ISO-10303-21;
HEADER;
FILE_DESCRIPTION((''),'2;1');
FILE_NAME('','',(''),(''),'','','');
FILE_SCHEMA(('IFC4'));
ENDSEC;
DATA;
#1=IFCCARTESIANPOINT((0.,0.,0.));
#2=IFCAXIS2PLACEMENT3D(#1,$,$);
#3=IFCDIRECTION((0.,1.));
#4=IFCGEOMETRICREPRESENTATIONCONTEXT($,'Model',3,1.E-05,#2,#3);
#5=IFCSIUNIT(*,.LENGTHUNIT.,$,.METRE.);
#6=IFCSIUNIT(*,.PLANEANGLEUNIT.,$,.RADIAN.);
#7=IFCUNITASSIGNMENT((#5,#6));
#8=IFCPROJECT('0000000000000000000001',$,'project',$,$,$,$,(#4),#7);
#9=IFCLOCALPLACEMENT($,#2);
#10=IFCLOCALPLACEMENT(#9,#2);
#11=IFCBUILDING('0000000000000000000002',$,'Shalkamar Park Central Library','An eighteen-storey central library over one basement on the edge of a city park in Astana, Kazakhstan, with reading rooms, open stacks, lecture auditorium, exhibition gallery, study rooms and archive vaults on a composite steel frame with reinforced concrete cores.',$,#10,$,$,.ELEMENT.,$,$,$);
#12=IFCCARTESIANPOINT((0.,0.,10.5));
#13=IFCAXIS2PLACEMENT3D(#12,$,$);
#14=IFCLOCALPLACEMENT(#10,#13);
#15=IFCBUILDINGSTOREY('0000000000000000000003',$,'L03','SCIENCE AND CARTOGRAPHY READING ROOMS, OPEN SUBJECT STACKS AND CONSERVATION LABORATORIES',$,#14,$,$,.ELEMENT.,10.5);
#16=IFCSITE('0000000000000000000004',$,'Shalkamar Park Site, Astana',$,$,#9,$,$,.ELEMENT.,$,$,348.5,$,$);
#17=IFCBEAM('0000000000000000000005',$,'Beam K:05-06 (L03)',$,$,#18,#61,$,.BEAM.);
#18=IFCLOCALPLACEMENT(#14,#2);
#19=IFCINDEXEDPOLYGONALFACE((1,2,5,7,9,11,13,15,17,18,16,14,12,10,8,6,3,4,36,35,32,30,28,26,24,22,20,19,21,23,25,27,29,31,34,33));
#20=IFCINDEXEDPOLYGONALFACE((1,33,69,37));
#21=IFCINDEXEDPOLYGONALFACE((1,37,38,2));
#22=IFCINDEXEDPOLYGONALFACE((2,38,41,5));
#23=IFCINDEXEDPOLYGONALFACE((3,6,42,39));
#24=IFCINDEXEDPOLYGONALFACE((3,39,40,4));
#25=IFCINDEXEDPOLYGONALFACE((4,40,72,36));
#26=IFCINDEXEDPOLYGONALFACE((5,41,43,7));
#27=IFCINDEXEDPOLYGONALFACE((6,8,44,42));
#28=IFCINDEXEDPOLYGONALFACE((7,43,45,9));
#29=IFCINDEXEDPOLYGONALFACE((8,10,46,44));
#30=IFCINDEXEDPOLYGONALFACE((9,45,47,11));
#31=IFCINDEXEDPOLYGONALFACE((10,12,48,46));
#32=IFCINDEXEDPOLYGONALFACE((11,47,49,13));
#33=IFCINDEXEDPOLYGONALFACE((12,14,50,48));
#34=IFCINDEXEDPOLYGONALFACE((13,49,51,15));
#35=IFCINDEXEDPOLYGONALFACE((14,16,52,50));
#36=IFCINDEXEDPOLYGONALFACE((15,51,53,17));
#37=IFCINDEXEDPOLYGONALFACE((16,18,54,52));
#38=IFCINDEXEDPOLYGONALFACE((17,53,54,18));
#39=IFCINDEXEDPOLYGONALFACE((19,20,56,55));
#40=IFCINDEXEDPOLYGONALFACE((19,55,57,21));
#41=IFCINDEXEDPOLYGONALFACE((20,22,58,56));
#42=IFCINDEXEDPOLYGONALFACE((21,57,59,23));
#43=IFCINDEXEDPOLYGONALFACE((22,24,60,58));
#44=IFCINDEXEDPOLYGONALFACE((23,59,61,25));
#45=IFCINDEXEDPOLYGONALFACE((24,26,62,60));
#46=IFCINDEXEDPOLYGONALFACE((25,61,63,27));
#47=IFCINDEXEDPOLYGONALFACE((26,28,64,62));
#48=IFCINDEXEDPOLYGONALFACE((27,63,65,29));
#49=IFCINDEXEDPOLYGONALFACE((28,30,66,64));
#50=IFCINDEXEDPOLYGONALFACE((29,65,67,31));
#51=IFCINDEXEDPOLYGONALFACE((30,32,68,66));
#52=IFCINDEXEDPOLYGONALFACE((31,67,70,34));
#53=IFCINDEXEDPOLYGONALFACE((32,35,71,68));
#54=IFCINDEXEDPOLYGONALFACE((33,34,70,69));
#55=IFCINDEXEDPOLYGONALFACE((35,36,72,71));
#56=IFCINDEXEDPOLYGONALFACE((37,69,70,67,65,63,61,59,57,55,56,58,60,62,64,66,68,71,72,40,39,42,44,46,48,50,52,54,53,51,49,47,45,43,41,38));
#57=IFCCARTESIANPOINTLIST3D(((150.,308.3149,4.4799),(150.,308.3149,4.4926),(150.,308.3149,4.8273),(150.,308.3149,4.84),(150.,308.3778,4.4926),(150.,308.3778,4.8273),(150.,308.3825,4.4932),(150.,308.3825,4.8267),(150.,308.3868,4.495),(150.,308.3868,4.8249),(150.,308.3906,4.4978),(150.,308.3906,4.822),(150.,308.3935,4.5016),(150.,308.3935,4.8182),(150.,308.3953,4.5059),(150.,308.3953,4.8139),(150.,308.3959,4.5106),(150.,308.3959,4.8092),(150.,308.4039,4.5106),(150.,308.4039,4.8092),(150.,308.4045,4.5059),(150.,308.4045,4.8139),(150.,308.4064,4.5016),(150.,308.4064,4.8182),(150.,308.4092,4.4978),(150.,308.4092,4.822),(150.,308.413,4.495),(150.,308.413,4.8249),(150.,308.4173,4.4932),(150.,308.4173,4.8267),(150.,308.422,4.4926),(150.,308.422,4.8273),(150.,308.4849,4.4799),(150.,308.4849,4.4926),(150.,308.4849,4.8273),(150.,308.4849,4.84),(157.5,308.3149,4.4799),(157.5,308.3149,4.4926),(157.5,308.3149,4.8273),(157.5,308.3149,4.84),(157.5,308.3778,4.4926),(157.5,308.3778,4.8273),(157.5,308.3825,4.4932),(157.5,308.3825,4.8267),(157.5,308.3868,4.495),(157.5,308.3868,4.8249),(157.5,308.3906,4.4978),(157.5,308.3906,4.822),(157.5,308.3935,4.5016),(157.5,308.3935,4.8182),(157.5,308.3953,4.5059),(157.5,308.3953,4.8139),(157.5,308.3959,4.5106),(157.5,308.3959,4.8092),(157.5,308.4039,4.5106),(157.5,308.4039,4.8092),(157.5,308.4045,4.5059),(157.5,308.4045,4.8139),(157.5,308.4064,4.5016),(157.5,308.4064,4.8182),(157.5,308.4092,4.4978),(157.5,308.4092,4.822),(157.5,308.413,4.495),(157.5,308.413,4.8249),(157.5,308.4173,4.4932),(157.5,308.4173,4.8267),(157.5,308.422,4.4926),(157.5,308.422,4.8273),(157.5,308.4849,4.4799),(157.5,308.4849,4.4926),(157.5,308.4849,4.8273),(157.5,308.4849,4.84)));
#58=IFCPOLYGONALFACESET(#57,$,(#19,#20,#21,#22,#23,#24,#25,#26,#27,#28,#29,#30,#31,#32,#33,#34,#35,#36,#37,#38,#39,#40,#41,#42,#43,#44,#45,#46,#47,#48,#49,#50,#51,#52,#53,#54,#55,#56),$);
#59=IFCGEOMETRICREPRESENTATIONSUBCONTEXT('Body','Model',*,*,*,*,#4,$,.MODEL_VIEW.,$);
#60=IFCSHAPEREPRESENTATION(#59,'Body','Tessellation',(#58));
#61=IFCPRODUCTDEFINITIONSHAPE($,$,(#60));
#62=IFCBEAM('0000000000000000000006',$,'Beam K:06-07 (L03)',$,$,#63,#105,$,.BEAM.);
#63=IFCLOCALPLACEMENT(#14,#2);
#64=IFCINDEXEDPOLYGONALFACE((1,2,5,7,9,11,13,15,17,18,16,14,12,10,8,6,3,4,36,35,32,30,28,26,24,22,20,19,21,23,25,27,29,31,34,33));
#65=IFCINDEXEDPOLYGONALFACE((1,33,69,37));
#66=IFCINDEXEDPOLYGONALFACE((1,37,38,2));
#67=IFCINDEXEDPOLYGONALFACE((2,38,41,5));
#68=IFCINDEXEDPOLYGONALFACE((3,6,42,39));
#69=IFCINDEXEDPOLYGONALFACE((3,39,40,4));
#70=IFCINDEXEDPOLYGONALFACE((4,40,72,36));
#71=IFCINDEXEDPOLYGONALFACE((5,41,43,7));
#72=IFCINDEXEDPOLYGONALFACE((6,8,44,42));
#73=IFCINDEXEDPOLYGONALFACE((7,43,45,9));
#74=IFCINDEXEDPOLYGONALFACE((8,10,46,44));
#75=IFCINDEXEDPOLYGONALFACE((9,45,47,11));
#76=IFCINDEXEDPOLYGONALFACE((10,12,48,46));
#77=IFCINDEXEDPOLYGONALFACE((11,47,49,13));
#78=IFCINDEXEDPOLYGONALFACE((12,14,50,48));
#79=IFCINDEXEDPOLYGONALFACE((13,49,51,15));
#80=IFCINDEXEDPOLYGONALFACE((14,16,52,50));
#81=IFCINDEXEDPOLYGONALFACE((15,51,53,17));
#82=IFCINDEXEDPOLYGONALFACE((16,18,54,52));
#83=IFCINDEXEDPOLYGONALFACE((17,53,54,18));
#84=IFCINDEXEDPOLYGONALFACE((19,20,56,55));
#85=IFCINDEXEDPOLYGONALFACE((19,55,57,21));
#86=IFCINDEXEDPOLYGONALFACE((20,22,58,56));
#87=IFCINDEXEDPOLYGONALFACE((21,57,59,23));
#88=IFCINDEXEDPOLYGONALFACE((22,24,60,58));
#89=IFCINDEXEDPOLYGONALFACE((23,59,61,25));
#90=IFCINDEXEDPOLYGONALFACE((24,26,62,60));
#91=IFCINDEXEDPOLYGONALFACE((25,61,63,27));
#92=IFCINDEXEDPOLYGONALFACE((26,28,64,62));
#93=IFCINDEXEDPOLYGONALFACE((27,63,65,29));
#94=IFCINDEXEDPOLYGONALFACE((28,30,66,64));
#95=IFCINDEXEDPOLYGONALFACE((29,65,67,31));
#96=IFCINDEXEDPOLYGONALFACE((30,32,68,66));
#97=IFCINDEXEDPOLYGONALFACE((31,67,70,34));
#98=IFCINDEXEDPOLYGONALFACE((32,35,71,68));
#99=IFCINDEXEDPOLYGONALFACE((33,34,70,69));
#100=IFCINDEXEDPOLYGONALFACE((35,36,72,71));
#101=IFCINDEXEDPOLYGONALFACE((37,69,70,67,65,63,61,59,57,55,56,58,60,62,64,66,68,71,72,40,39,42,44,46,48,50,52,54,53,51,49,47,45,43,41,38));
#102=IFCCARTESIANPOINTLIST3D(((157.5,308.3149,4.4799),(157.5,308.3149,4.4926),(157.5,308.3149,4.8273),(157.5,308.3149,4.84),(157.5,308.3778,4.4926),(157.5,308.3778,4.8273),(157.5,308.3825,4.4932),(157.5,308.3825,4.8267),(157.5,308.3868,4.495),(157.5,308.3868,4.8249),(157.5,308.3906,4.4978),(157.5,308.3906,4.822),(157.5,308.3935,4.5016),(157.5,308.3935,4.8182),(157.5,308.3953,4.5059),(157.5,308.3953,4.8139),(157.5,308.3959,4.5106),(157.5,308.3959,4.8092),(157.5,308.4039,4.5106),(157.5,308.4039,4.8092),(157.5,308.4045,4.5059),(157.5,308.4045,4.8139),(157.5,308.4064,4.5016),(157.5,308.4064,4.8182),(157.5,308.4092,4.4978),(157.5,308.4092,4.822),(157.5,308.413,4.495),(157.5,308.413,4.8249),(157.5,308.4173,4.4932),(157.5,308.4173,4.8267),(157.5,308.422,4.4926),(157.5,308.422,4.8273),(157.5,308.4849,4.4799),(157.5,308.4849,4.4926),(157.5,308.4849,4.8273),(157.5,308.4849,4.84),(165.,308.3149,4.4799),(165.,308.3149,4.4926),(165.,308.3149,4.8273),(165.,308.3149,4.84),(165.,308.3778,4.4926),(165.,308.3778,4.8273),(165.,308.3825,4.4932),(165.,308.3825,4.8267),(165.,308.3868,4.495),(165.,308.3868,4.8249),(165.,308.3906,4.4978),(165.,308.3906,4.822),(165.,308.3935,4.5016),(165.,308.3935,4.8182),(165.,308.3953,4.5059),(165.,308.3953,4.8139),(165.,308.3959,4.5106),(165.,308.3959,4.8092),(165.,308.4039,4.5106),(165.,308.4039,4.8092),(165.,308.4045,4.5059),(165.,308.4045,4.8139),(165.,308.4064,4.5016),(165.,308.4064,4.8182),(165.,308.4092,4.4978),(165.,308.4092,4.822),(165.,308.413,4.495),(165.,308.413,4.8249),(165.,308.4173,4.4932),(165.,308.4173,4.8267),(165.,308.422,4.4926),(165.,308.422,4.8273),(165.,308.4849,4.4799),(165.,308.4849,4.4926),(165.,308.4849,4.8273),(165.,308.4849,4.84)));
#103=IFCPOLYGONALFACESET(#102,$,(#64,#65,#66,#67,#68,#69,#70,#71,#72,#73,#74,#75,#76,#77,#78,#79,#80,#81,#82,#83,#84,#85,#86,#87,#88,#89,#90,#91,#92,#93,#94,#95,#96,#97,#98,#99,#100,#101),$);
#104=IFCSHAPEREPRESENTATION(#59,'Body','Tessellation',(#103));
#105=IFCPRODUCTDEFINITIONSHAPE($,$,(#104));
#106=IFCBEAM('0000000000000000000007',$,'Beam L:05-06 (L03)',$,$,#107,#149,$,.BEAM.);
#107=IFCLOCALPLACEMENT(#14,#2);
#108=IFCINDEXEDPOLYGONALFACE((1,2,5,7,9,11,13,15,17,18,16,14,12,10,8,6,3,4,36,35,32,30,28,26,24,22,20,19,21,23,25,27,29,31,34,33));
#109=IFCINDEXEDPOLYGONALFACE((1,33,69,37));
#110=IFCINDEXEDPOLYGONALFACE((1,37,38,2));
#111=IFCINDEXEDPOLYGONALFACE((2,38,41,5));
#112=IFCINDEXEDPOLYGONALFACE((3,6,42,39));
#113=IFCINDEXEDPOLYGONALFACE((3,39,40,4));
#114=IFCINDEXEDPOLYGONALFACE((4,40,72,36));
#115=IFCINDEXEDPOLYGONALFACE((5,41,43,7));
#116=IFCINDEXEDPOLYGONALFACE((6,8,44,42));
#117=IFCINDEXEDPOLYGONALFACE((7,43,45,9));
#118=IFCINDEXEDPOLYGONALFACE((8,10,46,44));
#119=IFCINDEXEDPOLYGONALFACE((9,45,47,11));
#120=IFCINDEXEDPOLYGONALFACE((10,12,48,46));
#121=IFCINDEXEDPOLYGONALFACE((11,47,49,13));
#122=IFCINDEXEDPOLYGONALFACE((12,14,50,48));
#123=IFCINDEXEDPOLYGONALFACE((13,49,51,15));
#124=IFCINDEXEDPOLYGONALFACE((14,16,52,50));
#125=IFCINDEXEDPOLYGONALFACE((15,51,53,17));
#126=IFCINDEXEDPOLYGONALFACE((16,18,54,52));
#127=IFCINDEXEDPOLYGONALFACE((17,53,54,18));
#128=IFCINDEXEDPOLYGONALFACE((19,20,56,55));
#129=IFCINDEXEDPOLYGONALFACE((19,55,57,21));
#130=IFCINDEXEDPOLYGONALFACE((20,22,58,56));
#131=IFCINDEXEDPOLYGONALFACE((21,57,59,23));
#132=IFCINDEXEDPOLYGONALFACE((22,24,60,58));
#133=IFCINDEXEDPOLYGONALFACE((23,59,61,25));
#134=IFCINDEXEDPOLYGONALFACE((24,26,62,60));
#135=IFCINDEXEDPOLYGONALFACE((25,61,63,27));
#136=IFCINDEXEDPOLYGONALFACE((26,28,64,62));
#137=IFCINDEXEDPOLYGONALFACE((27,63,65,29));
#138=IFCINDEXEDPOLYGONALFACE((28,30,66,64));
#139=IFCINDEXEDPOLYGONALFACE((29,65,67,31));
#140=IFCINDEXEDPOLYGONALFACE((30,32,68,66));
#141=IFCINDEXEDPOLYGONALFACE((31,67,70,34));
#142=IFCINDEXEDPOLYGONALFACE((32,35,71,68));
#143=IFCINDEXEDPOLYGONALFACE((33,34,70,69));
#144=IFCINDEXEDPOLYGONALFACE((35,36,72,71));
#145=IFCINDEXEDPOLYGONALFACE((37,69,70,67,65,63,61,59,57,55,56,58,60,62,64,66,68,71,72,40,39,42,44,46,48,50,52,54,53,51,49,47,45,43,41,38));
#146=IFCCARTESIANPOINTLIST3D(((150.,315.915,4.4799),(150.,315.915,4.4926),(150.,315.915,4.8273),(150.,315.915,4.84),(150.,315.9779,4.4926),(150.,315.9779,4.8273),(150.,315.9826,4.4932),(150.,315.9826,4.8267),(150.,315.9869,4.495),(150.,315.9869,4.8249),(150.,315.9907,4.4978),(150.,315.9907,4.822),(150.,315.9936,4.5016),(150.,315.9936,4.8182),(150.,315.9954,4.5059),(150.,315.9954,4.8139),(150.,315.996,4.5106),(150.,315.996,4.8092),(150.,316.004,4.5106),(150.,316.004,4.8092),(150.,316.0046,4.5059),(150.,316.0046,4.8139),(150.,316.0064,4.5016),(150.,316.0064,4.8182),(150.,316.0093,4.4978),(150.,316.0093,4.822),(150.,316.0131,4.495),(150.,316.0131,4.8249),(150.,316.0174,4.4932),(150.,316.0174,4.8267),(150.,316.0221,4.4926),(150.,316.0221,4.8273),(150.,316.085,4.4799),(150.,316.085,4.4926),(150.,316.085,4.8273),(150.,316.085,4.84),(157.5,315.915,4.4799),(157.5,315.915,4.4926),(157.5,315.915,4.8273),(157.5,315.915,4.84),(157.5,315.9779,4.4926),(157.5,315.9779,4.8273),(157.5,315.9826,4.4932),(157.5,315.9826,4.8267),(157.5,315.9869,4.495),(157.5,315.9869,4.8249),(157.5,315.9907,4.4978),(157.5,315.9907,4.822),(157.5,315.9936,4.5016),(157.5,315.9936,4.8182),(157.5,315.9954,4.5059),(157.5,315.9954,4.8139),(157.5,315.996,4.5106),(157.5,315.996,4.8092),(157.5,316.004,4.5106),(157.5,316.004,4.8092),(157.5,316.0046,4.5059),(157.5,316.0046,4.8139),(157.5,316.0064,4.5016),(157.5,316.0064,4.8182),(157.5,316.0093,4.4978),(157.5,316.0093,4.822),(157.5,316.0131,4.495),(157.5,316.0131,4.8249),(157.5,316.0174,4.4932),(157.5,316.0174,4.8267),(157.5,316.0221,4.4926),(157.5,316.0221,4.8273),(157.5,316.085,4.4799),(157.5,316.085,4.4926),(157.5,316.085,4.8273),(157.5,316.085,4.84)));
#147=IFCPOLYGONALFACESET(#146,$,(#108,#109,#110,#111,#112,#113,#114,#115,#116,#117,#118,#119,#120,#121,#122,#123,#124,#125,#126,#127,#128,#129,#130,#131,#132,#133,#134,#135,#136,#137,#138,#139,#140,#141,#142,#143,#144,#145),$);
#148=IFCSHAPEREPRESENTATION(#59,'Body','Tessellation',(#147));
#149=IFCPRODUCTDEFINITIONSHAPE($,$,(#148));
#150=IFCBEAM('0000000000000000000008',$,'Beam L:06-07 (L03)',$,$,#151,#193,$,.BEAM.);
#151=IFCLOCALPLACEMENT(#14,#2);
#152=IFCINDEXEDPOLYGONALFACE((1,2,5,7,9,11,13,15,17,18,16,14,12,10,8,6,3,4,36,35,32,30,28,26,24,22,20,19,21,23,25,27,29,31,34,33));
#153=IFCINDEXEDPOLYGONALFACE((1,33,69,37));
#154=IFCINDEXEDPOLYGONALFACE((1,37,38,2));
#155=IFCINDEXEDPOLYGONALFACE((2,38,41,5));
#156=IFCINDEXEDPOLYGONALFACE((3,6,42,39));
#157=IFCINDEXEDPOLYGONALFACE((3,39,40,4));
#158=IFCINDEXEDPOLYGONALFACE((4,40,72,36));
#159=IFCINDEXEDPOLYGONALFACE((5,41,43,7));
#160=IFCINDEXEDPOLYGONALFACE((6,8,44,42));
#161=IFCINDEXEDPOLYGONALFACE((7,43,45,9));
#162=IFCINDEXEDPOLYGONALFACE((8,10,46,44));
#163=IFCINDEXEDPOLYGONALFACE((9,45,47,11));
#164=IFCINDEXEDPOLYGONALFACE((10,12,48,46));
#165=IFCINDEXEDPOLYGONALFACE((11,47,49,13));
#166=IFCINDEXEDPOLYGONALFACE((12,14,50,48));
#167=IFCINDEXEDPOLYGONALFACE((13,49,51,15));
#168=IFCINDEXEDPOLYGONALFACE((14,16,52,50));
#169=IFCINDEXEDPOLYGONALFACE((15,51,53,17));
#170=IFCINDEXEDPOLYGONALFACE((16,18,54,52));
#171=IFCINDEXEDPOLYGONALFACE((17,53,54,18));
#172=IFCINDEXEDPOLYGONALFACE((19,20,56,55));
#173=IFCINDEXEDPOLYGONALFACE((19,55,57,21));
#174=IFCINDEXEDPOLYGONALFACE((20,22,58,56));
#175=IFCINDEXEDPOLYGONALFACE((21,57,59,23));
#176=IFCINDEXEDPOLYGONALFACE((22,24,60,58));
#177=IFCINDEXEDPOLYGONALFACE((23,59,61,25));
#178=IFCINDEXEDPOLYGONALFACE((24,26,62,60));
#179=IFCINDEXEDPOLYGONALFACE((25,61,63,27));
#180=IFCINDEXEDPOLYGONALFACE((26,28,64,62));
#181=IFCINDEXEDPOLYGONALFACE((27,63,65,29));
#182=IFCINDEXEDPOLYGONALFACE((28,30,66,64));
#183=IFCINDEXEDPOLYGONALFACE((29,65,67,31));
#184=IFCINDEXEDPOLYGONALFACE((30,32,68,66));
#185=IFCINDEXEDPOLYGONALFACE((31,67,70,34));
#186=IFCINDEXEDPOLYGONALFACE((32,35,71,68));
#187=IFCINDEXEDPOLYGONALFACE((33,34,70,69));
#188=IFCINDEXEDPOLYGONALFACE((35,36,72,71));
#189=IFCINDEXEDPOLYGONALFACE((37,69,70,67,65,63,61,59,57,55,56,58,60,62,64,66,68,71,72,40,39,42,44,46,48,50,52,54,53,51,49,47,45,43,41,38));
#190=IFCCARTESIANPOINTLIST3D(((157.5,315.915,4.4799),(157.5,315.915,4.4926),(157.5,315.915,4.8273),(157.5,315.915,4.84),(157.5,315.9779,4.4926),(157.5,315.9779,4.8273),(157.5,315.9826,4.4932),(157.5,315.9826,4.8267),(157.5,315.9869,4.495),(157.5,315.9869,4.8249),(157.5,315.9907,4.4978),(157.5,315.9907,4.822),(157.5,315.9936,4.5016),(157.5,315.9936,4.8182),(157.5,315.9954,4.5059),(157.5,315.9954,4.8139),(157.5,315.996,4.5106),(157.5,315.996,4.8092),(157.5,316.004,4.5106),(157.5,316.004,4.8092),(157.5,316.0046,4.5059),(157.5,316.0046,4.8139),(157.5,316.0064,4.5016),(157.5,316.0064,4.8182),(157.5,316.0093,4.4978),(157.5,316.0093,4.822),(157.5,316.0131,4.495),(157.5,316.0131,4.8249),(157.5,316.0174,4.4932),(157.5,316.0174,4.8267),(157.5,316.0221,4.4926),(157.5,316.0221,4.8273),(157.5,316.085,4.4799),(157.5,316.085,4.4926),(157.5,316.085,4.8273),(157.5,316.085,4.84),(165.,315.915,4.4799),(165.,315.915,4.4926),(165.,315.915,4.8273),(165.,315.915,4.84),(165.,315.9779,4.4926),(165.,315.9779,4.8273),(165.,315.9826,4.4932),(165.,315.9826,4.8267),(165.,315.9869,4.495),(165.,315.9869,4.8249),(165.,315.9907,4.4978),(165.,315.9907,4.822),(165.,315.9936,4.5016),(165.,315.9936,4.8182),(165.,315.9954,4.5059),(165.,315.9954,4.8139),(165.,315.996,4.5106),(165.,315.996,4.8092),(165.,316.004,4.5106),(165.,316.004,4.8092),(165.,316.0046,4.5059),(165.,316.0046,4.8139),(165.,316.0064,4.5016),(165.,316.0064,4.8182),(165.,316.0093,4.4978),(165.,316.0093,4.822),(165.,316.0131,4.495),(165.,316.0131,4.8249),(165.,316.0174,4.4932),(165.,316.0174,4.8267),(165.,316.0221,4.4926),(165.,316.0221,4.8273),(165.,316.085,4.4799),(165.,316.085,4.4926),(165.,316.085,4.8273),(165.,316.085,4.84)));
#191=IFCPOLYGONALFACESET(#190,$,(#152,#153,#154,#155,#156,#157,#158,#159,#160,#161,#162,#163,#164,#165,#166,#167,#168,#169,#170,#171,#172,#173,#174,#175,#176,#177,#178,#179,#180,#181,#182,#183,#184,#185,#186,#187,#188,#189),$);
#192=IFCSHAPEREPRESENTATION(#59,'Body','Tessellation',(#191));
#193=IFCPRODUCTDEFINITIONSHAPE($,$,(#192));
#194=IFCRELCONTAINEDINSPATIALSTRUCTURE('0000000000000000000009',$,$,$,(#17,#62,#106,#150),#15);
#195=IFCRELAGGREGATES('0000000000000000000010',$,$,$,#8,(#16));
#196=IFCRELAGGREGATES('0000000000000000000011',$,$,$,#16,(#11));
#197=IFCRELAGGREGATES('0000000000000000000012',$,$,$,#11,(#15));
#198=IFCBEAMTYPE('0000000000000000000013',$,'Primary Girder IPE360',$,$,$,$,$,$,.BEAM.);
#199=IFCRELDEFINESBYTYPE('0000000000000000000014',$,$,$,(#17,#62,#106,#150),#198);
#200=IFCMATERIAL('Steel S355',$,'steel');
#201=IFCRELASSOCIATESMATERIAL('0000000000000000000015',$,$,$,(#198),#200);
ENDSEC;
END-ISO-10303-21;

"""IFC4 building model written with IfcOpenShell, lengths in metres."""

from ifc_helpers import new_model, si_unit, direction, frame, origin, origin_2d, place, context, subcontext, project, spatial, i_section, extrude, material, material_profile, profile_set, type_object, element, save


model = new_model("IFC4")

# Units and contexts
model_context = context("Model", 3, precision=1e-05, world=origin(), true_north=direction((0.0, 1.0)))
body_context = subcontext(model_context, "Body", "Model", "MODEL_VIEW")
ifc_project = project(units=[si_unit("LENGTHUNIT", "METRE"), si_unit("PLANEANGLEUNIT", "RADIAN")], contexts=[model_context])

# Site, building, storey
site_placement = place(None, origin())
site = spatial("IfcSite", under=ifc_project, at=site_placement, Name="Shalkamar Park Site, Astana", CompositionType="ELEMENT", RefElevation=348.5)
building_placement = place(site_placement, origin())
building = spatial("IfcBuilding", under=site, at=building_placement, Name="Shalkamar Park Central Library", Description="An eighteen-storey central library over one basement on the edge of a city park in Astana, Kazakhstan, with reading rooms, open stacks, lecture auditorium, exhibition gallery, study rooms and archive vaults on a composite steel frame with reinforced concrete cores.", CompositionType="ELEMENT")
storey_placement = place(building_placement, frame((0.0, 0.0, 10.5)))
storey = spatial("IfcBuildingStorey", under=building, at=storey_placement, Name="L03", Description="SCIENCE AND CARTOGRAPHY READING ROOMS, OPEN SUBJECT STACKS AND CONSERVATION LABORATORIES", CompositionType="ELEMENT", Elevation=10.5)

# Shared definitions
ifc_material_1 = material(Name="Steel S355", Category="steel")

# Beams
ifc_material_profile_1 = material_profile(ifc_material_1, i_section(OverallWidth=0.1699, OverallDepth=0.3601, WebThickness=0.0081, FlangeThickness=0.0127, FilletRadius=0.0181, at=origin_2d()), Name="IPE 360")
ifc_profile_set_1 = profile_set([ifc_material_profile_1], Name="Steel S355")
beam_type_1 = type_object("IfcBeamType", Name="Primary Girder IPE360", PredefinedType="BEAM", material=ifc_profile_set_1)
for number, where, z_axis, x_axis, name in (
    (1, (150.0, 308.3999, 4.6599), (1.0, 0.0, 0.0), (0.0, 1.0, 0.0), "Beam K:05-06 (L03)"),
    (2, (157.5, 308.3999, 4.6599), (1.0, 0.0, 0.0), (0.0, 1.0, 0.0), "Beam K:06-07 (L03)"),
    (3, (150.0, 316.0, 4.6599), (1.0, 0.0, 0.0), (0.0, 1.0, 0.0), "Beam L:05-06 (L03)"),
    (4, (157.5, 316.0, 4.6599), (1.0, 0.0, 0.0), (0.0, 1.0, 0.0), "Beam L:06-07 (L03)"),
):
    element("IfcBeam", number, at=place(storey_placement, frame(where, z_axis=z_axis, x_axis=x_axis)), inside=storey, type_object=beam_type_1, Name=name, PredefinedType="BEAM", context=body_context, shape_type="SweptSolid", body=[
        extrude(i_section(OverallWidth=0.1699, OverallDepth=0.3601, WebThickness=0.0081, FlangeThickness=0.0127, FilletRadius=0.0181, at=origin_2d()), origin(), (0.0, 0.0, 1.0), 7.5),
    ])

save(model, "model.ifc")
